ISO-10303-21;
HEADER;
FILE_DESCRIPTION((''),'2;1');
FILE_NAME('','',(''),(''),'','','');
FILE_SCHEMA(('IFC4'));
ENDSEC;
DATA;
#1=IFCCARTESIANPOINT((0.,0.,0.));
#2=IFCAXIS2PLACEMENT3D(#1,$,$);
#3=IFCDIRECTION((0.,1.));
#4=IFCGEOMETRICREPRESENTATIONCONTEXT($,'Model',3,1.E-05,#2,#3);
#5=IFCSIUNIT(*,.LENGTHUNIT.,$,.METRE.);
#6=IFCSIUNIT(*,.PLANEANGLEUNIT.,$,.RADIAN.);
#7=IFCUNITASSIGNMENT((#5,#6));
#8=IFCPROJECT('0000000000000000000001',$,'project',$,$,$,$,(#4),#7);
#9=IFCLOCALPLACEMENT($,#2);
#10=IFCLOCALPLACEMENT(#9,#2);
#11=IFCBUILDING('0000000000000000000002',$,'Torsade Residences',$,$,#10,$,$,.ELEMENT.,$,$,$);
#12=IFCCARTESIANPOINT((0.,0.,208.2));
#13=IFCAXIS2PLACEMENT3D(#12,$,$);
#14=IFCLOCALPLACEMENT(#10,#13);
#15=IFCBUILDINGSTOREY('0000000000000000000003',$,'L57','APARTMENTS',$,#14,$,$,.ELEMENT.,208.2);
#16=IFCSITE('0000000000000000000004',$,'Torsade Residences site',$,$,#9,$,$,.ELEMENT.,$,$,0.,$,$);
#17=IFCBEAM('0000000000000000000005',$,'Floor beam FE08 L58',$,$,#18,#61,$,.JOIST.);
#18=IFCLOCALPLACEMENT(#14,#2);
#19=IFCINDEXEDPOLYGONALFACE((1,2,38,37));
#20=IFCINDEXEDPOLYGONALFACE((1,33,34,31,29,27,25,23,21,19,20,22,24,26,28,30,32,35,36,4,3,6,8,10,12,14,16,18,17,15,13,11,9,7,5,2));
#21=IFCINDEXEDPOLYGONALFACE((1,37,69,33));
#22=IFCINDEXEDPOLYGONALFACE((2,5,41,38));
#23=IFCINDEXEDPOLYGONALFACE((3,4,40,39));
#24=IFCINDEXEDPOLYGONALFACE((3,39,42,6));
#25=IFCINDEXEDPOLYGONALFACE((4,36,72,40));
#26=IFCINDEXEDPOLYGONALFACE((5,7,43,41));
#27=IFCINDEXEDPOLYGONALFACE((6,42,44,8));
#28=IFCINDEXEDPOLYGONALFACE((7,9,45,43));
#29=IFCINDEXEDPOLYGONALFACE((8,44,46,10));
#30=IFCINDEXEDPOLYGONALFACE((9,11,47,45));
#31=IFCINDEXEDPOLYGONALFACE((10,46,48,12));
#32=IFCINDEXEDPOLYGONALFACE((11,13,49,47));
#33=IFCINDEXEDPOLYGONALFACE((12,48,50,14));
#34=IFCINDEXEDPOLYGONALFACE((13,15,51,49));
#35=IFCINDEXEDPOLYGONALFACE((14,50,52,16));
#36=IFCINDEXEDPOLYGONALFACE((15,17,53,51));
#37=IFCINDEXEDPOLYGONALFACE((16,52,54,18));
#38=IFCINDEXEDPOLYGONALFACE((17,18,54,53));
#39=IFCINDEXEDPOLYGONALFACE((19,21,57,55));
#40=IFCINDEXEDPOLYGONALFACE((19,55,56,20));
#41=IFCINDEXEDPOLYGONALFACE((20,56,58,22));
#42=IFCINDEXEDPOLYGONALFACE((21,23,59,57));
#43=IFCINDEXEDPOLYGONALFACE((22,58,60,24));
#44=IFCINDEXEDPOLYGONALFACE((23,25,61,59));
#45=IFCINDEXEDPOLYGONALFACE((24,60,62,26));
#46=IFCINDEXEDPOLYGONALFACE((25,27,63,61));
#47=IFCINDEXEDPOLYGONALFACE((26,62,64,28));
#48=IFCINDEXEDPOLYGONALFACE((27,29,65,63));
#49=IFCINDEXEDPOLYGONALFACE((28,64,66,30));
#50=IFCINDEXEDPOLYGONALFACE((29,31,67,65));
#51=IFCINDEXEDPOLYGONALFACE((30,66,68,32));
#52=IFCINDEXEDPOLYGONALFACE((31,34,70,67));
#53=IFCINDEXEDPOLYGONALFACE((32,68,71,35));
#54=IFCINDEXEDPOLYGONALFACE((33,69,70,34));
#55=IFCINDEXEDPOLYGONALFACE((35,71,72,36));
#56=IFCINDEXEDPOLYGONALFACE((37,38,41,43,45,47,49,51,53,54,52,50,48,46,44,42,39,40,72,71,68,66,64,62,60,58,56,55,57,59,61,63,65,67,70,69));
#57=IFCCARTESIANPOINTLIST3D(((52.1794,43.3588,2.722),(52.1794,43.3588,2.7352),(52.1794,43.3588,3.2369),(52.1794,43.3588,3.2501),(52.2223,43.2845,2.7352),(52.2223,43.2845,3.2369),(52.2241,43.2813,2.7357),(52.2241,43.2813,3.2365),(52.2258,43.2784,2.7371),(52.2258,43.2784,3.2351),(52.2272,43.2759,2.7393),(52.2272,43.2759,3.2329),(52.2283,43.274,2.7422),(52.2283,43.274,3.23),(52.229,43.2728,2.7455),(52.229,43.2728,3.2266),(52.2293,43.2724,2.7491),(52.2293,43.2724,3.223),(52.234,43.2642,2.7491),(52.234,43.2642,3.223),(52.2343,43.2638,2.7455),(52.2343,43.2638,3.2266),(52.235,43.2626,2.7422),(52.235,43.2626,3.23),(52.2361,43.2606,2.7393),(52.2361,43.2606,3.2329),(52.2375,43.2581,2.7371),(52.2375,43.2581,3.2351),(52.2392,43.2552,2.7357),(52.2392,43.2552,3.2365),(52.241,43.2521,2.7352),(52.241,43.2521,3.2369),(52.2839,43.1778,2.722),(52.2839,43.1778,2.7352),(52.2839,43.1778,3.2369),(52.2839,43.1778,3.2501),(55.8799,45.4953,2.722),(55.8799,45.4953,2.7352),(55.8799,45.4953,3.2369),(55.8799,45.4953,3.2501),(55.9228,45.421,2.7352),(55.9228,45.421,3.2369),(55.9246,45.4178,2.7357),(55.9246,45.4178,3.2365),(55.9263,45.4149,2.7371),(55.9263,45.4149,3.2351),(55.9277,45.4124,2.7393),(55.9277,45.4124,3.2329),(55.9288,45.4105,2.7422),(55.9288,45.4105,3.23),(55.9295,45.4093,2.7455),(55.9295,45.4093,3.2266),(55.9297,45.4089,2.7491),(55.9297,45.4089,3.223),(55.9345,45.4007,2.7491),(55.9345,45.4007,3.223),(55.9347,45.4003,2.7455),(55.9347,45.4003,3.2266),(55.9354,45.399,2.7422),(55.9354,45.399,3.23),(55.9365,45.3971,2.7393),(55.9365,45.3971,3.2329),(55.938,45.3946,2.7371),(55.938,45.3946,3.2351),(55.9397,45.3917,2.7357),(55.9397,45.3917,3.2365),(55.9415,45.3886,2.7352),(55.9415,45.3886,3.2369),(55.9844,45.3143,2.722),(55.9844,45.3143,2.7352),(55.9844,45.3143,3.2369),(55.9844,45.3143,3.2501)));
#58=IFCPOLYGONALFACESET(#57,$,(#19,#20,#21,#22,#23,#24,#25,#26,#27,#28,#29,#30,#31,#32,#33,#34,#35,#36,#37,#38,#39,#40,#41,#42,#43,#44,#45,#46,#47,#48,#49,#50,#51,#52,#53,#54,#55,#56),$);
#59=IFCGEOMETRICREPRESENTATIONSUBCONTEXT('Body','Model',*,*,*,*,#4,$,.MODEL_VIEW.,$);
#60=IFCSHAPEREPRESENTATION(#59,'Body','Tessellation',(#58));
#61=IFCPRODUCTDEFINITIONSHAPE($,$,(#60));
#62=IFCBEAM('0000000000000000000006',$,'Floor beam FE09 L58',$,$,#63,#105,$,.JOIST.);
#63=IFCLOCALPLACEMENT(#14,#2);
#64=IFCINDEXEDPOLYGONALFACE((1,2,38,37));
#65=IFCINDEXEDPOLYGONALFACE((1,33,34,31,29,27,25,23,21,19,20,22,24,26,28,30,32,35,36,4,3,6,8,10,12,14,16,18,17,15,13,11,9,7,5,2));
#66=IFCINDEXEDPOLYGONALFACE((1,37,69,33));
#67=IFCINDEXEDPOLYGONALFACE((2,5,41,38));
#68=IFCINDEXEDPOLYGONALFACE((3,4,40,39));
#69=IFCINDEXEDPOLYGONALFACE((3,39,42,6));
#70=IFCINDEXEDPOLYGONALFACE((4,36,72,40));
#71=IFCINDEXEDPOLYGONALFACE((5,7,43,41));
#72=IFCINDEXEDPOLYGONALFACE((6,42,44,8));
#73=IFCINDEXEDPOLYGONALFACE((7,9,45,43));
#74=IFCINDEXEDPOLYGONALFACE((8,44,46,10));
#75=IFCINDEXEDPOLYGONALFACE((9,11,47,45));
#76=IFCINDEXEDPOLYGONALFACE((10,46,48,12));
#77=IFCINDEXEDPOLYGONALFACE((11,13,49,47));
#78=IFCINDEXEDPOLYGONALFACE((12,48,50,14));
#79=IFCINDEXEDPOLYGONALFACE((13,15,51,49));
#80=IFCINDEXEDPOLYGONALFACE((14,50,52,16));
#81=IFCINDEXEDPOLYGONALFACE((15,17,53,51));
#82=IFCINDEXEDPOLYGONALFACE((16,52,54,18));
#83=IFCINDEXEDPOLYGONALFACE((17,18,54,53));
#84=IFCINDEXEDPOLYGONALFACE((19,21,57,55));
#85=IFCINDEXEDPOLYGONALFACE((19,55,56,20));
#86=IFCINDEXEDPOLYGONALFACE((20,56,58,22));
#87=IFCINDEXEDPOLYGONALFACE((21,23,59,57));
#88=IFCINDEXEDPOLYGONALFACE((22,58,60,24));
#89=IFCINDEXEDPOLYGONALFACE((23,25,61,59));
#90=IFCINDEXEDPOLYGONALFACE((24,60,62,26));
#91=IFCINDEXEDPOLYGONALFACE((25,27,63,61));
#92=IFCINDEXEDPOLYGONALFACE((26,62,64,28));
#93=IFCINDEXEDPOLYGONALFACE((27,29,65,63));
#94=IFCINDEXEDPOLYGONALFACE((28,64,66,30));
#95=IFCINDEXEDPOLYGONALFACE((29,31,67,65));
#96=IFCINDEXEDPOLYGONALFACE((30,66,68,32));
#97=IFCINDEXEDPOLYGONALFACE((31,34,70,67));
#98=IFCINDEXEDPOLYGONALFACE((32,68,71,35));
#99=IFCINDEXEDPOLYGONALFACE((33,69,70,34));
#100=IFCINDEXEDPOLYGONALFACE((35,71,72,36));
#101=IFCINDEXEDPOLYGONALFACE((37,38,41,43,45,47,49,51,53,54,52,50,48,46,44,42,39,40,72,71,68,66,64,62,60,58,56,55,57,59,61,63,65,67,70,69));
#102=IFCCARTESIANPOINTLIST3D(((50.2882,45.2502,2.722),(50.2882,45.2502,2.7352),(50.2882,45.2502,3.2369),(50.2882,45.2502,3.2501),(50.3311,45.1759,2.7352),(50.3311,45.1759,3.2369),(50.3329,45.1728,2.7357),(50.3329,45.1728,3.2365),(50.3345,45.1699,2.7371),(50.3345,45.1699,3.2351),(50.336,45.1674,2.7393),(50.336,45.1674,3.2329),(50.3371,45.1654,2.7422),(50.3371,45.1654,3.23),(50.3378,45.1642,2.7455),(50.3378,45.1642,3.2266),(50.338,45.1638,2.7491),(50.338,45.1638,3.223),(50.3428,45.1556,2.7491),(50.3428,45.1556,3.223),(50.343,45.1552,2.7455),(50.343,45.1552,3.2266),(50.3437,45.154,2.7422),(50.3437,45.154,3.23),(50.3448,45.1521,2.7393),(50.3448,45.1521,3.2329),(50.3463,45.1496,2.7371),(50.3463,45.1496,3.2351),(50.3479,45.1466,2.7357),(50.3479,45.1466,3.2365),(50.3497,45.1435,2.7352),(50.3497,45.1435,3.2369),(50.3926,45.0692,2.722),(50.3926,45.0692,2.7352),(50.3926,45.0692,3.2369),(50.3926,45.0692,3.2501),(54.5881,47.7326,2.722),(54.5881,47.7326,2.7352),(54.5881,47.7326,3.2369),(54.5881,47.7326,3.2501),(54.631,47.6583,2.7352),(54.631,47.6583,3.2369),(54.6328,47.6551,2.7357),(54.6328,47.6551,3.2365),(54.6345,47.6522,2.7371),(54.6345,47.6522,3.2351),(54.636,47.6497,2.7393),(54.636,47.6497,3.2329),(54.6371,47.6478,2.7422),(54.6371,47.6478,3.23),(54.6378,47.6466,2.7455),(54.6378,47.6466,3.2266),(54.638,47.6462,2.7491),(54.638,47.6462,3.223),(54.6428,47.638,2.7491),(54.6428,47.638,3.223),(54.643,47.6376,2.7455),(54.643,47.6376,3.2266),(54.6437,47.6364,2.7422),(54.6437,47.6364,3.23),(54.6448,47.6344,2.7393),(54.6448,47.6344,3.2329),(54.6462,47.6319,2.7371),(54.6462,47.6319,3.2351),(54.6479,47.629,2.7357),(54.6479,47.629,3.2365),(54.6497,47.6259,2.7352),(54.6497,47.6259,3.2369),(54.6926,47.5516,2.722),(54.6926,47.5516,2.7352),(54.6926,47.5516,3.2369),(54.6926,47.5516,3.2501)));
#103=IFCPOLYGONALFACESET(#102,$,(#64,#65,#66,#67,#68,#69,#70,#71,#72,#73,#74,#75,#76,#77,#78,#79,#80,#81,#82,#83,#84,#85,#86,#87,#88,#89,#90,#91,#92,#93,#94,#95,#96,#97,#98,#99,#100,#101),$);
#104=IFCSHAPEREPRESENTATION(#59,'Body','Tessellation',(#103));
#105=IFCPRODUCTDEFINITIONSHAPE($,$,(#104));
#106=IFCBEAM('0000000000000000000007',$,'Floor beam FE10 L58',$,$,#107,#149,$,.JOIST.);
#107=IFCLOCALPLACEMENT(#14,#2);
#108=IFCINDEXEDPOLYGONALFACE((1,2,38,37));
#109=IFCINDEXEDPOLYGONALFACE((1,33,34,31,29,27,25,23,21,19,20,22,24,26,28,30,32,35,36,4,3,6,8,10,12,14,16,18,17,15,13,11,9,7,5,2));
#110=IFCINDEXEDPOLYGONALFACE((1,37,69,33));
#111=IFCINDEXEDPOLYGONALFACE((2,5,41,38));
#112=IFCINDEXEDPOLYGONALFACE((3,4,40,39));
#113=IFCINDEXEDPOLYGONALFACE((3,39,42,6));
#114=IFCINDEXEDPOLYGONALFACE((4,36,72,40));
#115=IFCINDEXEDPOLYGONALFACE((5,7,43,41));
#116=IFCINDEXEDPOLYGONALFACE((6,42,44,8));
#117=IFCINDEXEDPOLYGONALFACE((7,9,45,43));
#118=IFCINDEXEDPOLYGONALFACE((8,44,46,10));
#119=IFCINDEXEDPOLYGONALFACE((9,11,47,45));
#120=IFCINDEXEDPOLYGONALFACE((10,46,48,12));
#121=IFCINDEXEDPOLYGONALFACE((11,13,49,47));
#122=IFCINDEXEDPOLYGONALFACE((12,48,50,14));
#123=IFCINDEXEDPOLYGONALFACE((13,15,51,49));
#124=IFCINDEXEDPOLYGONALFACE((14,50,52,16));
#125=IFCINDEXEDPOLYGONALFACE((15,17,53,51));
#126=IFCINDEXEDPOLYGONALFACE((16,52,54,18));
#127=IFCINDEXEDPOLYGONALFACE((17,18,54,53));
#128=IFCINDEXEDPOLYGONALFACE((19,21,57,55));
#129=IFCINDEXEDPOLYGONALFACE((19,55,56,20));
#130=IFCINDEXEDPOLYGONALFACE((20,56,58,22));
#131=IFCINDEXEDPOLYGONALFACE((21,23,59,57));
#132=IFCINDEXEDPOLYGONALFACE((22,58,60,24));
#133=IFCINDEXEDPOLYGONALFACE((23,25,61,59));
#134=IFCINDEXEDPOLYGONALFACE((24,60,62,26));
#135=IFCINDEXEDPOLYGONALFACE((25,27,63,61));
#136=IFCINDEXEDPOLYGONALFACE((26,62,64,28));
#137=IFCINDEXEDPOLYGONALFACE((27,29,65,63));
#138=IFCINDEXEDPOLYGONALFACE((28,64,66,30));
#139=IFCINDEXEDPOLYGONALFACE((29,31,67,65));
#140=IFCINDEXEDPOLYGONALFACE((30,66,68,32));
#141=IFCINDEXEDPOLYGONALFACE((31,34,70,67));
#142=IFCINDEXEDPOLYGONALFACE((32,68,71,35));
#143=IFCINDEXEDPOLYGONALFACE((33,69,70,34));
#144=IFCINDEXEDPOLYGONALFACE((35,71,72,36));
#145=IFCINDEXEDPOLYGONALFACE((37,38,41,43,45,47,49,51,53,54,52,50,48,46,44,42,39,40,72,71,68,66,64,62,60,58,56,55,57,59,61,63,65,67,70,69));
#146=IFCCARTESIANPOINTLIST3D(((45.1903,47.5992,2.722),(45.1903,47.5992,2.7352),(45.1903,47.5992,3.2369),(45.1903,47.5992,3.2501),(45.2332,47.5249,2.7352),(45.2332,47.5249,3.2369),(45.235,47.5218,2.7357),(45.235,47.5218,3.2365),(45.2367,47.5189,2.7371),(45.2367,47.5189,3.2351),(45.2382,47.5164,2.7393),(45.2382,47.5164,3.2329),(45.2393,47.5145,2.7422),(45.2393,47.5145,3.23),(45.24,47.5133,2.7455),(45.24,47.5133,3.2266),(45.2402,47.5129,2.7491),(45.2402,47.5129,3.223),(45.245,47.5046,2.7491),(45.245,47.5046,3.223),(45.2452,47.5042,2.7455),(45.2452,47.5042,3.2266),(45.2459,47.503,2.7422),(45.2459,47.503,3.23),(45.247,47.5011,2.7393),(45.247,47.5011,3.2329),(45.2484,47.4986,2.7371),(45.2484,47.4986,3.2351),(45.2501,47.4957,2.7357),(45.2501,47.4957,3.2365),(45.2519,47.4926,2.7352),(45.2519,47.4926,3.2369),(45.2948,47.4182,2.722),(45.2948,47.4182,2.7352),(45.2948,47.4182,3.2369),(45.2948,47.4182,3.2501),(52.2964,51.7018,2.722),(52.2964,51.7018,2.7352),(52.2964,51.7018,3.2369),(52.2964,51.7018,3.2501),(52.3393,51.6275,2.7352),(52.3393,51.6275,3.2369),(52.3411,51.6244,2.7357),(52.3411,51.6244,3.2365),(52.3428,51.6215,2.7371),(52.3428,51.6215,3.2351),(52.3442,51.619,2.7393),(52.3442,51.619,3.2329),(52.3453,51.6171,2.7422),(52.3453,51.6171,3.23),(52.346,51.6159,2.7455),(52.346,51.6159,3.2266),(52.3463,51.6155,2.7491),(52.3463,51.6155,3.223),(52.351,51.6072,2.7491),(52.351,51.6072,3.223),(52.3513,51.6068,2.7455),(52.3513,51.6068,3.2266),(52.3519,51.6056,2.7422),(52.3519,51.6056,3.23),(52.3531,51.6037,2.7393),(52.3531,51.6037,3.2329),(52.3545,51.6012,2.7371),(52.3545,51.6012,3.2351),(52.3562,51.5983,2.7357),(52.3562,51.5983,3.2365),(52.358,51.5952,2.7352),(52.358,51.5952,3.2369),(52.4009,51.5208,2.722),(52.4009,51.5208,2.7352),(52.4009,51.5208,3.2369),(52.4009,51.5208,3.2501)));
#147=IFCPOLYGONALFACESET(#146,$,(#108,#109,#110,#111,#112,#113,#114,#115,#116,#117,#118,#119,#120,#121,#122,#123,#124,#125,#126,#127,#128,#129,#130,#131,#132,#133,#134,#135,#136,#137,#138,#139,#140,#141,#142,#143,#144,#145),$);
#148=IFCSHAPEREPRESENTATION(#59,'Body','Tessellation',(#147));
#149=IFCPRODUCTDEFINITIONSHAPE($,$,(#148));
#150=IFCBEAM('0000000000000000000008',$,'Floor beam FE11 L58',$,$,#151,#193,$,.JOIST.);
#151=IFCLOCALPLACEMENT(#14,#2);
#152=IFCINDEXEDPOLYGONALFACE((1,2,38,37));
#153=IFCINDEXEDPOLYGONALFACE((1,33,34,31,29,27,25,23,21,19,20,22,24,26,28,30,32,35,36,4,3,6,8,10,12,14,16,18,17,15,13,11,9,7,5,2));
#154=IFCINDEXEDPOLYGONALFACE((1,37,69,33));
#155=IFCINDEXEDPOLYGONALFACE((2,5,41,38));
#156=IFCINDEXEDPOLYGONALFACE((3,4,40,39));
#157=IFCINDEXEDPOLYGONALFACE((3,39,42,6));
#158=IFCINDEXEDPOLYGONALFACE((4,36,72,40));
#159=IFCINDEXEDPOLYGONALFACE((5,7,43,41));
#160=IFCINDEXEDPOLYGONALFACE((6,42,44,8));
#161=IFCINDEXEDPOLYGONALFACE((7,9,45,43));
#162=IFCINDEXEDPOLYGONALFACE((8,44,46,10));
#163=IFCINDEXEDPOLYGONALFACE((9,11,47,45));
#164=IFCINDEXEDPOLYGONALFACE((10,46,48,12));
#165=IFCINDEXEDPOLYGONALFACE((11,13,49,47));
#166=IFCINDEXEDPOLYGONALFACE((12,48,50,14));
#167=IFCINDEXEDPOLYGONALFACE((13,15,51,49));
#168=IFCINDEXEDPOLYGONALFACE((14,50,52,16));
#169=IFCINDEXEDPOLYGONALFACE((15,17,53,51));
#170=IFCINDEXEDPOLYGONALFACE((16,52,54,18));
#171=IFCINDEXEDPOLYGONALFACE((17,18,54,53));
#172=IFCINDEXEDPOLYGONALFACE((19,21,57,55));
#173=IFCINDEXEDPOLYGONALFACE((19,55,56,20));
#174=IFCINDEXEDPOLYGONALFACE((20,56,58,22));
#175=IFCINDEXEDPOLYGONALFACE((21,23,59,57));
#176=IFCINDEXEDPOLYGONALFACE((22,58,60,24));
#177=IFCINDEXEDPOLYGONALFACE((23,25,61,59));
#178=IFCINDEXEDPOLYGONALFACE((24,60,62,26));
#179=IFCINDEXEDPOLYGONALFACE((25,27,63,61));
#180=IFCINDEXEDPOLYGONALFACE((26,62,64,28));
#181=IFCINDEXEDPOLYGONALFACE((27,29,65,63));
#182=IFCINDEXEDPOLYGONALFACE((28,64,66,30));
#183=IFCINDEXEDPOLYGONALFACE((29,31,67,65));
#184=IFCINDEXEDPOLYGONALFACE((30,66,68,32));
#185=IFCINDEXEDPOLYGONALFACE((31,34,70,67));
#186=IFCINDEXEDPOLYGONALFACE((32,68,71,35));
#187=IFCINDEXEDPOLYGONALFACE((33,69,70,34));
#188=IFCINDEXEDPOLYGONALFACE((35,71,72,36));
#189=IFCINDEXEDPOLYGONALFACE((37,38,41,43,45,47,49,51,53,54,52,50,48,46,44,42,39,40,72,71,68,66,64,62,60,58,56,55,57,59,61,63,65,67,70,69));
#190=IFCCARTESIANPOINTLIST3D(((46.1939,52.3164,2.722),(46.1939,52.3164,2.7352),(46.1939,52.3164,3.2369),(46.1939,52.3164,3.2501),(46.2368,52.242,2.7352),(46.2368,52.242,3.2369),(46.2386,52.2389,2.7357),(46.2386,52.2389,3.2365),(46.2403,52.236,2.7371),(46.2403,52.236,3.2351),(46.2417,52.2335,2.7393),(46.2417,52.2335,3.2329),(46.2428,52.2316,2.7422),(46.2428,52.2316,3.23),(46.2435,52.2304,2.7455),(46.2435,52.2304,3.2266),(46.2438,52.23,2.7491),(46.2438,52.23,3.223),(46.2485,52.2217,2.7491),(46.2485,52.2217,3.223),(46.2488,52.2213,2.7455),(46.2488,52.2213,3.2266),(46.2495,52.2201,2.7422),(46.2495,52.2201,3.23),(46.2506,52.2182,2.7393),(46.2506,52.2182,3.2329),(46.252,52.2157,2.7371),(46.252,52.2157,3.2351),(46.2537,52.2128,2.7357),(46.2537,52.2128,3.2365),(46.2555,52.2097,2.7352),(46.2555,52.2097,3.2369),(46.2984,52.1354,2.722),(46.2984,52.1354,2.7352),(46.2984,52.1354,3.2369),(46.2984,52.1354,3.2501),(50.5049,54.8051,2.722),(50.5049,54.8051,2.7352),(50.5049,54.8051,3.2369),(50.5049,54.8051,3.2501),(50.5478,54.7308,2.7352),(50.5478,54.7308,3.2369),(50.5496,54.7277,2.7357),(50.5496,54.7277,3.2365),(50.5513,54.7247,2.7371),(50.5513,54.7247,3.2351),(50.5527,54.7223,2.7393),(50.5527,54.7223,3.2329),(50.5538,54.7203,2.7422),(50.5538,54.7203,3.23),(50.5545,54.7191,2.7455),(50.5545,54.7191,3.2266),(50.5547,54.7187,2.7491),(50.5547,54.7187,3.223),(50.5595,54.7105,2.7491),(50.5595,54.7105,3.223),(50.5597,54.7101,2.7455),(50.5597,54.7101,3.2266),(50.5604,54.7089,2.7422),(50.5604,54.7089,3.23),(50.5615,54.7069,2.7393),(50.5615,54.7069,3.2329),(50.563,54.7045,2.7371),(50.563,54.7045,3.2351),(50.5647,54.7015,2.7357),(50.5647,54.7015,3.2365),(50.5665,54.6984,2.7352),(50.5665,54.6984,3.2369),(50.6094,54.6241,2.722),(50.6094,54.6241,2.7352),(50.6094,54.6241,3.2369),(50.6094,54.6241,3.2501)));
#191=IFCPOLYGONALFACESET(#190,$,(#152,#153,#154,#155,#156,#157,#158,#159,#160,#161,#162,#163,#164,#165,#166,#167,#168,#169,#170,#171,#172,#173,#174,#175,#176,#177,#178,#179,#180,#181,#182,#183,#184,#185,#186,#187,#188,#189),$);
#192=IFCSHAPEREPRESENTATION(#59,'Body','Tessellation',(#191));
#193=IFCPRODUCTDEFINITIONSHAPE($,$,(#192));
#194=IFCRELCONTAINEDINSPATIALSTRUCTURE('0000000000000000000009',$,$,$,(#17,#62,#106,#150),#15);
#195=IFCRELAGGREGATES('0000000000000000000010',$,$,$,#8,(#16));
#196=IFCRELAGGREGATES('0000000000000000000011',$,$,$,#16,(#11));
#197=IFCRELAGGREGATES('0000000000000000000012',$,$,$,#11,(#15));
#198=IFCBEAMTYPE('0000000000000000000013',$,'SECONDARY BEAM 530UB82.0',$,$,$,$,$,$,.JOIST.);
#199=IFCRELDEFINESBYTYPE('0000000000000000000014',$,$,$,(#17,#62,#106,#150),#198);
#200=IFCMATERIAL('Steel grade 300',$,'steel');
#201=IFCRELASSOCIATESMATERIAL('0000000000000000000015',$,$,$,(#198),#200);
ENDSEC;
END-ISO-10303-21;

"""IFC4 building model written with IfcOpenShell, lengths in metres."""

from ifc_helpers import new_model, si_unit, direction, frame, origin, origin_2d, place, context, subcontext, project, spatial, i_section, extrude, material, material_profile, profile_set, type_object, element, save


model = new_model("IFC4")

# Units and contexts
model_context = context("Model", 3, precision=1e-05, world=origin(), true_north=direction((0.0, 1.0)))
body_context = subcontext(model_context, "Body", "Model", "MODEL_VIEW")
ifc_project = project(units=[si_unit("LENGTHUNIT", "METRE"), si_unit("PLANEANGLEUNIT", "RADIAN")], contexts=[model_context])

# Site, building, storey
site_placement = place(None, origin())
site = spatial("IfcSite", under=ifc_project, at=site_placement, Name="Torsade Residences site", CompositionType="ELEMENT", RefElevation=0.0)
building_placement = place(site_placement, origin())
building = spatial("IfcBuilding", under=site, at=building_placement, Name="Torsade Residences", CompositionType="ELEMENT")
storey_placement = place(building_placement, frame((0.0, 0.0, 208.2)))
storey = spatial("IfcBuildingStorey", under=building, at=storey_placement, Name="L57", Description="APARTMENTS", CompositionType="ELEMENT", Elevation=208.2)

# Beams
ifc_material_1 = material(Name="Steel grade 300", Category="steel")
ifc_material_profile_1 = material_profile(ifc_material_1, i_section(OverallWidth=0.209, OverallDepth=0.5281, WebThickness=0.0095, FlangeThickness=0.0132, FilletRadius=0.0139, at=origin_2d()), Name="530UB82.0")
ifc_profile_set_1 = profile_set([ifc_material_profile_1], Name="Steel grade 300")
beam_type_1 = type_object("IfcBeamType", Name="SECONDARY BEAM 530UB82.0", PredefinedType="JOIST", material=ifc_profile_set_1)
beam_1_placement = place(storey_placement, frame((55.9321, 45.4048, 2.9861), z_axis=(-0.866023, -0.500004, 0.0), x_axis=(0.500004, -0.866023, 0.0)))
element("IfcBeam", 1, at=beam_1_placement, inside=storey, type_object=beam_type_1, Name="Floor beam FE08 L58", PredefinedType="JOIST", context=body_context, shape_type="SweptSolid", body=[
    extrude(i_section(OverallWidth=0.209, OverallDepth=0.5281, WebThickness=0.0095, FlangeThickness=0.0132, FilletRadius=0.0139, at=origin_2d()), origin(), (0.0, 0.0, 1.0), 4.2729),
])
beam_2_placement = place(storey_placement, frame((54.6404, 47.6421, 2.9861), z_axis=(-0.866044, -0.499968, 0.0), x_axis=(0.499968, -0.866044, 0.0)))
element("IfcBeam", 2, at=beam_2_placement, inside=storey, type_object=beam_type_1, Name="Floor beam FE09 L58", PredefinedType="JOIST", context=body_context, shape_type="SweptSolid", body=[
    extrude(i_section(OverallWidth=0.209, OverallDepth=0.5281, WebThickness=0.0095, FlangeThickness=0.0132, FilletRadius=0.0139, at=origin_2d()), origin(), (0.0, 0.0, 1.0), 4.9651),
])
beam_3_placement = place(storey_placement, frame((52.3486, 51.6113, 2.9861), z_axis=(-0.86603, -0.499992, 0.0), x_axis=(0.499992, -0.86603, 0.0)))
element("IfcBeam", 3, at=beam_3_placement, inside=storey, type_object=beam_type_1, Name="Floor beam FE10 L58", PredefinedType="JOIST", context=body_context, shape_type="SweptSolid", body=[
    extrude(i_section(OverallWidth=0.209, OverallDepth=0.5281, WebThickness=0.0095, FlangeThickness=0.0132, FilletRadius=0.0139, at=origin_2d()), origin(), (0.0, 0.0, 1.0), 8.2053),
])
beam_4_placement = place(storey_placement, frame((50.5571, 54.7146, 2.9861), z_axis=(-0.866043, -0.499969, 0.0), x_axis=(0.499969, -0.866043, 0.0)))
element("IfcBeam", 4, at=beam_4_placement, inside=storey, type_object=beam_type_1, Name="Floor beam FE11 L58", PredefinedType="JOIST", context=body_context, shape_type="SweptSolid", body=[
    extrude(i_section(OverallWidth=0.209, OverallDepth=0.5281, WebThickness=0.0095, FlangeThickness=0.0132, FilletRadius=0.0139, at=origin_2d()), origin(), (0.0, 0.0, 1.0), 4.9778),
])

save(model, "model.ifc")
